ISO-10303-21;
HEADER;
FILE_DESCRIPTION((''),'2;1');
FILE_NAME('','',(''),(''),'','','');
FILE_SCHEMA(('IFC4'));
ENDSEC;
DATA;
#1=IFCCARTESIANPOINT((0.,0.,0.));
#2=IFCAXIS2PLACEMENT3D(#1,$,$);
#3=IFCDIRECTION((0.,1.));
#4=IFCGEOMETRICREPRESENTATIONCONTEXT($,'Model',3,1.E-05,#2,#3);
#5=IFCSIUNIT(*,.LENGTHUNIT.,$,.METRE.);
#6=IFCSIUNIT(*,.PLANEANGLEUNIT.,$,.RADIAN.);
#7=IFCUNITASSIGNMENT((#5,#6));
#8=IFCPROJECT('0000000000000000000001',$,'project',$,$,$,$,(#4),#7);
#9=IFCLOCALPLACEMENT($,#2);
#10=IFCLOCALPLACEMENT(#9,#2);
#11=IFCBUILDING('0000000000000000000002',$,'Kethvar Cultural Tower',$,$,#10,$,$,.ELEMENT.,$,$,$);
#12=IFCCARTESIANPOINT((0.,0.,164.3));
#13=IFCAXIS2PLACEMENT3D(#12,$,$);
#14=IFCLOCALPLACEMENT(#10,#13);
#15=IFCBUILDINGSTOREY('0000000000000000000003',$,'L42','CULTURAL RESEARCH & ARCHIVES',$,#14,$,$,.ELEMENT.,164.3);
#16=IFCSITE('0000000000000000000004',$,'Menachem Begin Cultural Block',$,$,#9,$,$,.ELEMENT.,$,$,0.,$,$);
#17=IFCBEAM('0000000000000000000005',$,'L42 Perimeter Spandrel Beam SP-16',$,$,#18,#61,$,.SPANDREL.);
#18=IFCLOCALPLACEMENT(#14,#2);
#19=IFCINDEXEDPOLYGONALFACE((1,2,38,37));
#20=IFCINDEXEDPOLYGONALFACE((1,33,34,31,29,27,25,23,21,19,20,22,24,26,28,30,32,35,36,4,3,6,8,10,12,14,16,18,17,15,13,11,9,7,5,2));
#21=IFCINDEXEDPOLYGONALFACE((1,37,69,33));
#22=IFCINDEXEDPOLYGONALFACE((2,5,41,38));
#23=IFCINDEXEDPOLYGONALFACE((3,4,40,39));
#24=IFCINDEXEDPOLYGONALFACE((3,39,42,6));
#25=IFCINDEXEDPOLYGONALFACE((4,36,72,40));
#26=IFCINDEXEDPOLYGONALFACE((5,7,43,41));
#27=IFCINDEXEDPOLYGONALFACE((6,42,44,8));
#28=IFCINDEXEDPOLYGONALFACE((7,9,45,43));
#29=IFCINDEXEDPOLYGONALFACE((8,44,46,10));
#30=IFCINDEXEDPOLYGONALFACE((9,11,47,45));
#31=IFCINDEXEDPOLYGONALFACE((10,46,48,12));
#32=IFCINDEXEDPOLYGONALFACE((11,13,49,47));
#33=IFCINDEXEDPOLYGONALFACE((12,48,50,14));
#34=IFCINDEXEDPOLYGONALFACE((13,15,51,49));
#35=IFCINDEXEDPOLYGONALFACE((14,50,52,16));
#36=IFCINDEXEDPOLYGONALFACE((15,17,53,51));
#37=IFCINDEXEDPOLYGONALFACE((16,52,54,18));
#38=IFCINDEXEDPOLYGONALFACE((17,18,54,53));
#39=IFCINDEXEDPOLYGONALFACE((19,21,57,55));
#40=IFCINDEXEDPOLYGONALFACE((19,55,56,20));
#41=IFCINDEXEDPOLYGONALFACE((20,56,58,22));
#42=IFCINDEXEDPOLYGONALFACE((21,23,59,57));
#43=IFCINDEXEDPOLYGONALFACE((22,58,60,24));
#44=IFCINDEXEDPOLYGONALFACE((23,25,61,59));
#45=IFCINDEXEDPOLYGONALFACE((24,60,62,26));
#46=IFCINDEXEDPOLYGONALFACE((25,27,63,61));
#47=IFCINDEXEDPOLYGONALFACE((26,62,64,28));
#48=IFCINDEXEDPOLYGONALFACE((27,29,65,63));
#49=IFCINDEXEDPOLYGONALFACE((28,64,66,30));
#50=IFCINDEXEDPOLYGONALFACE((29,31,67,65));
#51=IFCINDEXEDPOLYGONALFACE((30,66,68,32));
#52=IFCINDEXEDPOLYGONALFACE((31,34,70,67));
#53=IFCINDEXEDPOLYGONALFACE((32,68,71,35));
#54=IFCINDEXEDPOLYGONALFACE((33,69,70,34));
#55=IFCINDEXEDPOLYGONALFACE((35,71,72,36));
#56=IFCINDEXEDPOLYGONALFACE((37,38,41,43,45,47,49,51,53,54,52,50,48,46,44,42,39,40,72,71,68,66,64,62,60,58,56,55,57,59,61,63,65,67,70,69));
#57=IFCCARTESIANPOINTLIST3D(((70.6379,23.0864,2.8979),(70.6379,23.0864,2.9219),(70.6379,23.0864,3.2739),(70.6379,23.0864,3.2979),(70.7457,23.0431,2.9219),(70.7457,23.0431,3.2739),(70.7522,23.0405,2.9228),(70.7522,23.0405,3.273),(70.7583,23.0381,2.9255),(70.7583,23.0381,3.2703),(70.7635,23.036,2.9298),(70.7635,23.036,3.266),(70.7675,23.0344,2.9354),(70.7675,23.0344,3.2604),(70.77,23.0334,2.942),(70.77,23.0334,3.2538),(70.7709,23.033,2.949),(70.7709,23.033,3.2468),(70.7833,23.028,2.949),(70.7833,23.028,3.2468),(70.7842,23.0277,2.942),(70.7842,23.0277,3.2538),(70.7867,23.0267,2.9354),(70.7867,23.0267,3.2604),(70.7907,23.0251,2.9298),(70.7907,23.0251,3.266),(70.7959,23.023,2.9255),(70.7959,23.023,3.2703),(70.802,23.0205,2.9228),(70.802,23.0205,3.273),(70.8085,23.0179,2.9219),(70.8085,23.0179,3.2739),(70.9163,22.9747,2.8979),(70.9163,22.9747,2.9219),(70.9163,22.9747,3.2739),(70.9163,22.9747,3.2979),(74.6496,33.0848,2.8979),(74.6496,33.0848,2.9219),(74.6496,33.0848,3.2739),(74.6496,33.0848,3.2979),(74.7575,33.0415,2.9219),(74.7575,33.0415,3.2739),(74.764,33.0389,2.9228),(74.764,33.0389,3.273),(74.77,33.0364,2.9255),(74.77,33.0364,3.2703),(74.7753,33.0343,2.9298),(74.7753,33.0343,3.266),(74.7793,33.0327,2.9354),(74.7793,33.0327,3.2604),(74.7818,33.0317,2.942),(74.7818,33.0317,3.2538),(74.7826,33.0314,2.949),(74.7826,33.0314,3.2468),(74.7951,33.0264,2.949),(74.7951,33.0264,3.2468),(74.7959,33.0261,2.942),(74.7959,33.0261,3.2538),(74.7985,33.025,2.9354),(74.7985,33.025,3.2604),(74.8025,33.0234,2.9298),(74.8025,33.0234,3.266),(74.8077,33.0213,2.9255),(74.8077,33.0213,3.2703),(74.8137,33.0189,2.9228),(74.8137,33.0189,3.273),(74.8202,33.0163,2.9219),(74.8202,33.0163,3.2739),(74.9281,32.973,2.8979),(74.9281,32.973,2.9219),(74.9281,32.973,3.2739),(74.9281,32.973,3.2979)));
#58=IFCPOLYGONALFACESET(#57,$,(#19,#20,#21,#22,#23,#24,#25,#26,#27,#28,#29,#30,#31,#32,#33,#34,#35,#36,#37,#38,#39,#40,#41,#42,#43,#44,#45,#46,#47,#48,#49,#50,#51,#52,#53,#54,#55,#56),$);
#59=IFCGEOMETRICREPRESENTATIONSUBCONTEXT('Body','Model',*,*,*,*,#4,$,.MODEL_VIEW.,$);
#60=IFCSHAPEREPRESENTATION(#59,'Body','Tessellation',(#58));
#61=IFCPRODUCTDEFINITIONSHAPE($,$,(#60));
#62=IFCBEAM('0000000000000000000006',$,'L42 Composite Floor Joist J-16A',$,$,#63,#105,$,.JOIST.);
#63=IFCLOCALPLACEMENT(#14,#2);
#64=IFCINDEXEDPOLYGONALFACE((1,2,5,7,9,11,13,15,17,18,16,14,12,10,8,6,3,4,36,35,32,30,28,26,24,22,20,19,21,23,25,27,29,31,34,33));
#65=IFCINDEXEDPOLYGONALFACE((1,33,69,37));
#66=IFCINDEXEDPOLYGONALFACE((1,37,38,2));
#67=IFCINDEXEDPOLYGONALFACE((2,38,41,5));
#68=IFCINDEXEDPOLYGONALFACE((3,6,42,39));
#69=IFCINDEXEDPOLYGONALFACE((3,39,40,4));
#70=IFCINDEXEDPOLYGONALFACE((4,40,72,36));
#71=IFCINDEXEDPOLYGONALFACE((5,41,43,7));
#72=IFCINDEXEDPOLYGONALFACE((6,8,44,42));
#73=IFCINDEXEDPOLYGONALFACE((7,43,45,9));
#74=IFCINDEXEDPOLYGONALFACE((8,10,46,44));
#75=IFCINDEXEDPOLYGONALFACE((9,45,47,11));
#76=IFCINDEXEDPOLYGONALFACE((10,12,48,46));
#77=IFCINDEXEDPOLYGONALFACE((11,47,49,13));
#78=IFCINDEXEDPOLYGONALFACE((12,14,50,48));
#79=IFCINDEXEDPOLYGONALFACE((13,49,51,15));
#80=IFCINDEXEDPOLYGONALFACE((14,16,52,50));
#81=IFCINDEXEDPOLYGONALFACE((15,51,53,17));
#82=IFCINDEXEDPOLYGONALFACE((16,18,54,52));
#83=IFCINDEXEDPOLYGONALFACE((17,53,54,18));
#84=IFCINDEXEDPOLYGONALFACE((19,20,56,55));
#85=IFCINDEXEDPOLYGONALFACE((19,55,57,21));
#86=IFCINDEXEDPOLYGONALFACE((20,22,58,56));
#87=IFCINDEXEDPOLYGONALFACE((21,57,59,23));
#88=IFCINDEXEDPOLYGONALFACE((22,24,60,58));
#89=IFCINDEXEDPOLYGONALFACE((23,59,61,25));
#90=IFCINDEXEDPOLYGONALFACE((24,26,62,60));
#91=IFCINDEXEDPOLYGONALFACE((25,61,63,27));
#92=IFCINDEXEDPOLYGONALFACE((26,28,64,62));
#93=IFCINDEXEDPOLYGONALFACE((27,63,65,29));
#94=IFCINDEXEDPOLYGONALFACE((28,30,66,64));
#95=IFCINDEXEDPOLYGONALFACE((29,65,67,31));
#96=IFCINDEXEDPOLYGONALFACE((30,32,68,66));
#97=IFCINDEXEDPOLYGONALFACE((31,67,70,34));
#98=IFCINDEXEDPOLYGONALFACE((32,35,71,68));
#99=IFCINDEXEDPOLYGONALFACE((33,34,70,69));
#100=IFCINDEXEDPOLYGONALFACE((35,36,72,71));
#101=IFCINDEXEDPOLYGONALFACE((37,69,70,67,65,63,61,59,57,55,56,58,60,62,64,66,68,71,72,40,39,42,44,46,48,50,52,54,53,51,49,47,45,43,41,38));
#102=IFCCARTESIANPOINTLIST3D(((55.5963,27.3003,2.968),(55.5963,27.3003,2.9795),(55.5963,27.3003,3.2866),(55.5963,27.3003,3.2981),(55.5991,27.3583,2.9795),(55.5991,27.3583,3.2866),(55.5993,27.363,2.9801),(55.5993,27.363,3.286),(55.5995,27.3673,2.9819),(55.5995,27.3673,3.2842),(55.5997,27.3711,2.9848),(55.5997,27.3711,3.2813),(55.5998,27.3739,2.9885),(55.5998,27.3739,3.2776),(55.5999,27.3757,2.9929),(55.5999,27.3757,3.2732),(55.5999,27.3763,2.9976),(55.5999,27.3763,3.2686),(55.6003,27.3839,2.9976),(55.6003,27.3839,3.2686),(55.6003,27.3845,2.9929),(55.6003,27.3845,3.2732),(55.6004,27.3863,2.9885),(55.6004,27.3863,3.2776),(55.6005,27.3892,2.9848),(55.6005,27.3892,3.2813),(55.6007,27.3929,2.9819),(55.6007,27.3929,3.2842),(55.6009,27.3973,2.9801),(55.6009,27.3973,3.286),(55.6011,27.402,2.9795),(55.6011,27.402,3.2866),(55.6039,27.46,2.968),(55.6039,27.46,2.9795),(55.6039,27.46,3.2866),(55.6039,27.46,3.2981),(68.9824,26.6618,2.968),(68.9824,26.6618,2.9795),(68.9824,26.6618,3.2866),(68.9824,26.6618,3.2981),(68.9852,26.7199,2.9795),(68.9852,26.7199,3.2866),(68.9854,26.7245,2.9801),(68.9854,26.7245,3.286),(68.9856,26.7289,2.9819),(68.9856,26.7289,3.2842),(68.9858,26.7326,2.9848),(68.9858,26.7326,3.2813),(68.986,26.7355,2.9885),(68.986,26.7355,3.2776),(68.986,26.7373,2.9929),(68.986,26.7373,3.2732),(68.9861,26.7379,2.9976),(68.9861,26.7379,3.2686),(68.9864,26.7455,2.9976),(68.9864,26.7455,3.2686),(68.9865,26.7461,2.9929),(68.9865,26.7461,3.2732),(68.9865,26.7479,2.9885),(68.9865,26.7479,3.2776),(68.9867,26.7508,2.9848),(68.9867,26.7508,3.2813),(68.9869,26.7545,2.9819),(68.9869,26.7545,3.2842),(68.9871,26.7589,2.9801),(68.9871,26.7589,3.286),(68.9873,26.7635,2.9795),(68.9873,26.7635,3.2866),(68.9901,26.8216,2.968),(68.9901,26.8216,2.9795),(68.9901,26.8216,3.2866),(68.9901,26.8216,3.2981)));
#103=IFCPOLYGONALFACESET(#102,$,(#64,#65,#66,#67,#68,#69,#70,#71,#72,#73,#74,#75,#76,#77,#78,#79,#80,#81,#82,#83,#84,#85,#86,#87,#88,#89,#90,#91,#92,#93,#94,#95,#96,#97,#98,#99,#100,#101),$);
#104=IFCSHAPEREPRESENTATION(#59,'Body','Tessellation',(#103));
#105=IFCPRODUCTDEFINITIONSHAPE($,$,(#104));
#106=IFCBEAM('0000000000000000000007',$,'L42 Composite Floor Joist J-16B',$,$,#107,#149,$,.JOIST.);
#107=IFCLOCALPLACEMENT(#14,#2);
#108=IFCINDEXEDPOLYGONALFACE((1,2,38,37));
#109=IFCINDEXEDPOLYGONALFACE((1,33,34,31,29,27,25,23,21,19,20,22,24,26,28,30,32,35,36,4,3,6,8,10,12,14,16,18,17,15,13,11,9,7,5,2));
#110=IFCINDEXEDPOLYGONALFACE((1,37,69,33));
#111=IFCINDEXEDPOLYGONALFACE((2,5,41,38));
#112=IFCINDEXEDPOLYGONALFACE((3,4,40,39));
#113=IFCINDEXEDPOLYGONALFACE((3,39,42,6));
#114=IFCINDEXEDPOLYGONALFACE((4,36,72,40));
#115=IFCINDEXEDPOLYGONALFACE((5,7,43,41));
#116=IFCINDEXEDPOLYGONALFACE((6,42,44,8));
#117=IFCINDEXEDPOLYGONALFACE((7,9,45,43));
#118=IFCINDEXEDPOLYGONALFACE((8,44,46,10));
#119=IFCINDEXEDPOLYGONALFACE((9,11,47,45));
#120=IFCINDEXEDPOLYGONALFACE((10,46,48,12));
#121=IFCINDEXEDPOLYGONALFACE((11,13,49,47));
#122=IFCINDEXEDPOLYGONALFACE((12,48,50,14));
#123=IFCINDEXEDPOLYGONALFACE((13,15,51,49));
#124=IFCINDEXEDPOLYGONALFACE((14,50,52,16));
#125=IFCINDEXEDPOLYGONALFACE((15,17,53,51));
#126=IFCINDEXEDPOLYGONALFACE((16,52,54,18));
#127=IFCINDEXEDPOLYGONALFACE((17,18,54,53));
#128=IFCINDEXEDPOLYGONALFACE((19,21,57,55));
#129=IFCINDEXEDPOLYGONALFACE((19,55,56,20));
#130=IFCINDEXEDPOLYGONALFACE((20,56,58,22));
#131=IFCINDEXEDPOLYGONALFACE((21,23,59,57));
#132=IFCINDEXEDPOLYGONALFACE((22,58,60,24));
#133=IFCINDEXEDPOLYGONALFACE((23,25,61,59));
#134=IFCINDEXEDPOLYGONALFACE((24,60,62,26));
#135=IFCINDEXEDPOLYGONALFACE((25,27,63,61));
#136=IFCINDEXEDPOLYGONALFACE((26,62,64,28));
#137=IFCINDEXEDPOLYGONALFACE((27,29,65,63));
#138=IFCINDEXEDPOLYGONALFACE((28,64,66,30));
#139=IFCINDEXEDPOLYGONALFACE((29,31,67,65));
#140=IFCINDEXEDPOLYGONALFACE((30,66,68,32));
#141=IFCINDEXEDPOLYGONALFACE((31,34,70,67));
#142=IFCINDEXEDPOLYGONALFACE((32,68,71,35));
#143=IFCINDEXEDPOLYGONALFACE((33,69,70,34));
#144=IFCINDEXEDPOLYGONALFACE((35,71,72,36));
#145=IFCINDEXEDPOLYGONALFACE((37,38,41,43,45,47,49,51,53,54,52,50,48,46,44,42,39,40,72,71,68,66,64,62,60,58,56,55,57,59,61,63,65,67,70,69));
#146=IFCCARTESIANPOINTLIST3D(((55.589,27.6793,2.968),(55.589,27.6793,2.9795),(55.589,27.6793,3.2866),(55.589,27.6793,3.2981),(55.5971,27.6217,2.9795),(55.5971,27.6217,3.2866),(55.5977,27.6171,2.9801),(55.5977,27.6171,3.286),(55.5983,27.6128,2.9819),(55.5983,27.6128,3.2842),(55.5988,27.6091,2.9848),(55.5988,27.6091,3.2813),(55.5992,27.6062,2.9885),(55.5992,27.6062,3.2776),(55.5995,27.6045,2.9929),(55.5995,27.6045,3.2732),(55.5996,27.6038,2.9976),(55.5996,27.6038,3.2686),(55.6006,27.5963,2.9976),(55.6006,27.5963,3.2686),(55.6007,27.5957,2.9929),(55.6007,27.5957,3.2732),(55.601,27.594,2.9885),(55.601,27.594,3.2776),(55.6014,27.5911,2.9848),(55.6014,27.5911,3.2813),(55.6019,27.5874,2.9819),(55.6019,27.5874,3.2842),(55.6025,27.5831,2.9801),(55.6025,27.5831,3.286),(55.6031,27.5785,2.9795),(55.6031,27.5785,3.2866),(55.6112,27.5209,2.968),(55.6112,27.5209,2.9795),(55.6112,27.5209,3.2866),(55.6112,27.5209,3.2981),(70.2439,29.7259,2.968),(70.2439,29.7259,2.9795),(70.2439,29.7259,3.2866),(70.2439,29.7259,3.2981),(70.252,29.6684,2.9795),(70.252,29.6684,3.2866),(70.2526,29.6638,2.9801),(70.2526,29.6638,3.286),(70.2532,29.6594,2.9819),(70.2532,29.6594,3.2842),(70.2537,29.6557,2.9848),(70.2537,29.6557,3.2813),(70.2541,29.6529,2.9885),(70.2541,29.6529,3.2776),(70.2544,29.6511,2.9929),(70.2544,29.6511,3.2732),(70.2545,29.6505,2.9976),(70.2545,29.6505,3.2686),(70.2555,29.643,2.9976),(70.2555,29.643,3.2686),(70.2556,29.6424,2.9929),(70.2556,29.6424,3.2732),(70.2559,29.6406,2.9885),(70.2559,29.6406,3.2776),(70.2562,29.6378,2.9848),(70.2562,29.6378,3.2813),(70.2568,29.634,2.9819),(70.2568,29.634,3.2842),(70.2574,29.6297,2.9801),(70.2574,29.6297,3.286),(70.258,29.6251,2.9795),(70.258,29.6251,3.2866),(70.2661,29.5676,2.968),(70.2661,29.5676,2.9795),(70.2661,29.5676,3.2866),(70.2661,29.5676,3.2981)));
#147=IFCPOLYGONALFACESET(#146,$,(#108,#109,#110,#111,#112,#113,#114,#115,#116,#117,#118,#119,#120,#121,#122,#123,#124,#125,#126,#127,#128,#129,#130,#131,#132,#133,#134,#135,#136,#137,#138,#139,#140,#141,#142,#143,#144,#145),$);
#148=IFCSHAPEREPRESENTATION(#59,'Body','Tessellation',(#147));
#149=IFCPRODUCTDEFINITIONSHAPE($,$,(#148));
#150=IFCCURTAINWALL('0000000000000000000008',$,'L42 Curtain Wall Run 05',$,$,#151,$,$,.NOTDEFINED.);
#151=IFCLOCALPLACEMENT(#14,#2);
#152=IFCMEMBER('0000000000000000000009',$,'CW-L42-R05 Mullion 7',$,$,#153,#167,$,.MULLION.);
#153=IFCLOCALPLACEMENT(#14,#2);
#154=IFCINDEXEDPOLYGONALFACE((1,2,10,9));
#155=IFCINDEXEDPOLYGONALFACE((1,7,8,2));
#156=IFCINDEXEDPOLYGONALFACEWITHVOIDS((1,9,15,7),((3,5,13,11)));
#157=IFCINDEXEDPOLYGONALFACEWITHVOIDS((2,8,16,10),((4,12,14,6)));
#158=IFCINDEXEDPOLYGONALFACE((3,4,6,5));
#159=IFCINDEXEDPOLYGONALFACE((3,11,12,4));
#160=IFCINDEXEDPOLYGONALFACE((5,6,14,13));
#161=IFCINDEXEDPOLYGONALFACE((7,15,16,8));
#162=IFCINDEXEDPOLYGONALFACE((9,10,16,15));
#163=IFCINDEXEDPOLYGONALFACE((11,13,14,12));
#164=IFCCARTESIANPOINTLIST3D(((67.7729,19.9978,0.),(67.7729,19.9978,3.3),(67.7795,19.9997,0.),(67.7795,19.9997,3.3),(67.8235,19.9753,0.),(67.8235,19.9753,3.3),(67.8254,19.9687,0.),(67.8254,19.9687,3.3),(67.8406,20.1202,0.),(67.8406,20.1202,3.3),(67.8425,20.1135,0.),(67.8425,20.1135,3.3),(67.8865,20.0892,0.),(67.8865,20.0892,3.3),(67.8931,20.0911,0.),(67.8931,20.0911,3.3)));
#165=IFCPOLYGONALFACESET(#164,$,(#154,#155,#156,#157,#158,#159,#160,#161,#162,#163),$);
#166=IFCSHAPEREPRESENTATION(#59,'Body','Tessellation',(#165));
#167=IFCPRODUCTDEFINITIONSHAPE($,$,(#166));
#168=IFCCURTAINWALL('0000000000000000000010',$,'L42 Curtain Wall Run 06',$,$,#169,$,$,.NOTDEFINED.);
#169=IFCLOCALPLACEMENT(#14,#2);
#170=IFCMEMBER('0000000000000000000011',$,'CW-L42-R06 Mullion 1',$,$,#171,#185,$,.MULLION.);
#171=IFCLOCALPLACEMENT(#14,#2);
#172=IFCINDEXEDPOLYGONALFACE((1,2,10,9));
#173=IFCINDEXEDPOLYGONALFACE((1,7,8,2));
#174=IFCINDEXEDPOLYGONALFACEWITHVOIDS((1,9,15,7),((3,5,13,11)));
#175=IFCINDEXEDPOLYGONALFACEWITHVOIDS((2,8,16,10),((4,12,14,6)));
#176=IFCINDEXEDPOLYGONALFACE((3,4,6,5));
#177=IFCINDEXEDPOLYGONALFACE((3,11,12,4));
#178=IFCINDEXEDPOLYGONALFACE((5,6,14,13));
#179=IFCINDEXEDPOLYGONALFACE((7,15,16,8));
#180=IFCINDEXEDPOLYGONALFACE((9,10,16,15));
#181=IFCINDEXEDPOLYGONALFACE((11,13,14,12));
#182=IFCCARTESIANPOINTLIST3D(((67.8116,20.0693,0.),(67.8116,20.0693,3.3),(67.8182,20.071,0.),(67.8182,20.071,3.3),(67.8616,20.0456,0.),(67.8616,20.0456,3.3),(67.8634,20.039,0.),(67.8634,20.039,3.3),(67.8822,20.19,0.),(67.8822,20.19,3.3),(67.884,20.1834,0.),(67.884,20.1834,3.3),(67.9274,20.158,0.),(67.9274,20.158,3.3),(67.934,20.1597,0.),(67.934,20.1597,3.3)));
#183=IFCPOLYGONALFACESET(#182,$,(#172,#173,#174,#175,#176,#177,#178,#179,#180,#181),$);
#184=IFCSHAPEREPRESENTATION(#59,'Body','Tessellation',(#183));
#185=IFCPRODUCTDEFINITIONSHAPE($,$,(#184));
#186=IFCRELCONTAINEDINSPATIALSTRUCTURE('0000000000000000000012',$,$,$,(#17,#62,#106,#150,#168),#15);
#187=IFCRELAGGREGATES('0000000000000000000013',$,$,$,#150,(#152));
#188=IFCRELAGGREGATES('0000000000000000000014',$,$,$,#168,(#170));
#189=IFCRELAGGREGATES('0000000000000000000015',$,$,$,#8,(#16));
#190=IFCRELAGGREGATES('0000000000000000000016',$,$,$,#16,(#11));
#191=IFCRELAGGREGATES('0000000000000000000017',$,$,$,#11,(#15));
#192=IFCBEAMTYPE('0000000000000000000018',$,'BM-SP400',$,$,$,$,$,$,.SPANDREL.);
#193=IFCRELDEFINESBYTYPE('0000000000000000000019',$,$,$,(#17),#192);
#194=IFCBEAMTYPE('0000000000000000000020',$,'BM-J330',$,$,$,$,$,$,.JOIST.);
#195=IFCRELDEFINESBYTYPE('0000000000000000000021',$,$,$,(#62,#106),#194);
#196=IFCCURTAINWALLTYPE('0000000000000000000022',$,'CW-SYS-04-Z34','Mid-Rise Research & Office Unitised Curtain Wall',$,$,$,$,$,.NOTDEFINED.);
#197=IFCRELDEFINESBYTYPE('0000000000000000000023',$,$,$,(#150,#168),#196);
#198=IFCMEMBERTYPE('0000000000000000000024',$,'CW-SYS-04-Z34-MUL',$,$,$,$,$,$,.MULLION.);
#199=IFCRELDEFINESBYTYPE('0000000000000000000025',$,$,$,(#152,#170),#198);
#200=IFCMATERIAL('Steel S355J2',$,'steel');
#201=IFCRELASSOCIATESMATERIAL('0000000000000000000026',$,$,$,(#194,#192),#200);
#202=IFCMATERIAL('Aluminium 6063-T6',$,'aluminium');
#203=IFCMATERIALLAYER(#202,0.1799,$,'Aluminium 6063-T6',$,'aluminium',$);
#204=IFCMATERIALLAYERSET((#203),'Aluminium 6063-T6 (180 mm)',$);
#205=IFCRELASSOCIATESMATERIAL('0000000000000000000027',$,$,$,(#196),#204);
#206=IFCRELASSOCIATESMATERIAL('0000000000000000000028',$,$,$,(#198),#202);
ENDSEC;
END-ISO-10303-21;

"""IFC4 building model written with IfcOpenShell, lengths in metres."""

from ifc_helpers import new_model, si_unit, direction, frame, origin, origin_2d, place, context, subcontext, project, spatial, hollow_rectangle, i_section, extrude, source, transform, mapped, material, layer, layer_set, material_profile, profile_set, type_object, element, aggregate, save


model = new_model("IFC4")

# Units and contexts
model_context = context("Model", 3, precision=1e-05, world=origin(), true_north=direction((0.0, 1.0)))
body_context = subcontext(model_context, "Body", "Model", "MODEL_VIEW")
ifc_project = project(units=[si_unit("LENGTHUNIT", "METRE"), si_unit("PLANEANGLEUNIT", "RADIAN")], contexts=[model_context])

# Site, building, storey
site_placement = place(None, origin())
site = spatial("IfcSite", under=ifc_project, at=site_placement, Name="Menachem Begin Cultural Block", CompositionType="ELEMENT", RefElevation=0.0)
building_placement = place(site_placement, origin())
building = spatial("IfcBuilding", under=site, at=building_placement, Name="Kethvar Cultural Tower", CompositionType="ELEMENT")
storey_placement = place(building_placement, frame((0.0, 0.0, 164.3)))
storey = spatial("IfcBuildingStorey", under=building, at=storey_placement, Name="L42", Description="CULTURAL RESEARCH & ARCHIVES", CompositionType="ELEMENT", Elevation=164.3)

# Beams
ifc_material_1 = material(Name="Steel S355J2", Category="steel")
ifc_material_profile_1 = material_profile(ifc_material_1, i_section(OverallWidth=0.1599, OverallDepth=0.3301, WebThickness=0.0076, FlangeThickness=0.0115, FilletRadius=0.0181, at=origin_2d()), Name="Steel S355J2 — IPE330")
ifc_profile_set_1 = profile_set([ifc_material_profile_1], Name="Steel S355J2 — IPE330")
beam_type_1 = type_object("IfcBeamType", Name="BM-J330", PredefinedType="JOIST", material=ifc_profile_set_1)
ifc_material_profile_2 = material_profile(ifc_material_1, i_section(OverallWidth=0.3, OverallDepth=0.3999, WebThickness=0.0134, FlangeThickness=0.0239, FilletRadius=0.0271, at=origin_2d()), Name="Steel S355J2 — HEB400")
ifc_profile_set_2 = profile_set([ifc_material_profile_2], Name="Steel S355J2 — HEB400")
beam_type_2 = type_object("IfcBeamType", Name="BM-SP400", PredefinedType="SPANDREL", material=ifc_profile_set_2)
shared_shape_1 = source(origin(), body_context, "Body", "SweptSolid", [
    extrude(i_section(OverallWidth=0.3, OverallDepth=0.3999, WebThickness=0.0134, FlangeThickness=0.0239, FilletRadius=0.0271, at=origin_2d()), origin(), (0.0, 0.0, 1.0), 10.7732),
])
beam_1_placement = place(storey_placement, frame((70.7771, 23.0305, 3.0979), z_axis=(0.372383, 0.928079, 0.0), x_axis=(-0.928079, 0.372383, 0.0)))
element("IfcBeam", 1, at=beam_1_placement, inside=storey, type_object=beam_type_2, Name="L42 Perimeter Spandrel Beam SP-16", PredefinedType="SPANDREL", context=body_context, shape_type="MappedRepresentation", body=[
    mapped(shared_shape_1, transform((0.0, 0.0, 0.0), scale=1.0)),
])
shared_shape_2 = source(origin(), body_context, "Body", "SweptSolid", [
    extrude(i_section(OverallWidth=0.1599, OverallDepth=0.3301, WebThickness=0.0076, FlangeThickness=0.0115, FilletRadius=0.0181, at=origin_2d()), origin(), (0.0, 0.0, 1.0), 13.4014),
])
beam_2_placement = place(storey_placement, frame((55.6001, 27.3801, 3.1331), z_axis=(0.998865, -0.047639, 0.0), x_axis=(0.047639, 0.998865, 0.0)))
element("IfcBeam", 2, at=beam_2_placement, inside=storey, type_object=beam_type_1, Name="L42 Composite Floor Joist J-16A", PredefinedType="JOIST", context=body_context, shape_type="MappedRepresentation", body=[
    mapped(shared_shape_2, transform((0.0, 0.0, 0.0), scale=1.0)),
])
shared_shape_3 = source(origin(), body_context, "Body", "SweptSolid", [
    extrude(i_section(OverallWidth=0.1599, OverallDepth=0.3301, WebThickness=0.0076, FlangeThickness=0.0115, FilletRadius=0.0181, at=origin_2d()), origin(), (0.0, 0.0, 1.0), 14.7971),
])
beam_3_placement = place(storey_placement, frame((55.6001, 27.6001, 3.1331), z_axis=(0.990388, 0.138314, 0.0), x_axis=(-0.138314, 0.990388, 0.0)))
element("IfcBeam", 3, at=beam_3_placement, inside=storey, type_object=beam_type_1, Name="L42 Composite Floor Joist J-16B", PredefinedType="JOIST", context=body_context, shape_type="MappedRepresentation", body=[
    mapped(shared_shape_3, transform((0.0, 0.0, 0.0), scale=1.0)),
])

# Curtain wall, member
ifc_material_2 = material(Name="Aluminium 6063-T6", Category="aluminium")
ifc_layer_1 = layer(ifc_material_2, 0.1799, Name="Aluminium 6063-T6", Category="aluminium")
ifc_layer_set_1 = layer_set([ifc_layer_1], Name="Aluminium 6063-T6 (180 mm)")
curtain_wall_type = type_object("IfcCurtainWallType", Name="CW-SYS-04-Z34", Description="Mid-Rise Research & Office Unitised Curtain Wall", PredefinedType="NOTDEFINED", material=ifc_layer_set_1)
curtain_wall_1_placement = place(storey_placement, origin())
curtain_wall_1 = element("IfcCurtainWall", 4, at=curtain_wall_1_placement, inside=storey, type_object=curtain_wall_type, Name="L42 Curtain Wall Run 05", PredefinedType="NOTDEFINED")
ifc_material_profile_3 = material_profile(ifc_material_2, hollow_rectangle(XDim=0.0601, YDim=0.1399, WallThickness=0.0049, at=origin_2d()), Name="Aluminium 6063-T6 — RHS140x60x5")
ifc_profile_set_3 = profile_set([ifc_material_profile_3], Name="Aluminium 6063-T6 — RHS140x60x5")
member_type_1 = type_object("IfcMemberType", Name="CW-SYS-04-Z34-MUL", PredefinedType="MULLION", material=ifc_profile_set_3)
shared_shape_4 = source(origin(), body_context, "Body", "SweptSolid", [
    extrude(hollow_rectangle(XDim=0.0601, YDim=0.1399, WallThickness=0.0049, at=origin_2d()), origin(), (0.0, 0.0, 1.0), 3.3),
])
member_1_placement = place(storey_placement, frame((67.833, 20.0444, 0.0), z_axis=(0.0, 0.0, 1.0), x_axis=(-0.875127, 0.483893, 0.0)))
member_1 = element("IfcMember", 5, at=member_1_placement, type_object=member_type_1, Name="CW-L42-R05 Mullion 7", PredefinedType="MULLION", context=body_context, shape_type="MappedRepresentation", body=[
    mapped(shared_shape_4, transform((0.0, 0.0, 0.0), scale=1.0)),
])
aggregate(curtain_wall_1, [member_1])

# Curtain wall, member
curtain_wall_2_placement = place(storey_placement, origin())
curtain_wall_2 = element("IfcCurtainWall", 6, at=curtain_wall_2_placement, inside=storey, type_object=curtain_wall_type, Name="L42 Curtain Wall Run 06", PredefinedType="NOTDEFINED")
member_2_placement = place(storey_placement, frame((67.8728, 20.1145, 0.0), z_axis=(0.0, 0.0, 1.0), x_axis=(-0.863105, 0.505025, 0.0)))
member_2 = element("IfcMember", 7, at=member_2_placement, type_object=member_type_1, Name="CW-L42-R06 Mullion 1", PredefinedType="MULLION", context=body_context, shape_type="MappedRepresentation", body=[
    mapped(shared_shape_4, transform((0.0, 0.0, 0.0), scale=1.0)),
])
aggregate(curtain_wall_2, [member_2])

save(model, "model.ifc")
